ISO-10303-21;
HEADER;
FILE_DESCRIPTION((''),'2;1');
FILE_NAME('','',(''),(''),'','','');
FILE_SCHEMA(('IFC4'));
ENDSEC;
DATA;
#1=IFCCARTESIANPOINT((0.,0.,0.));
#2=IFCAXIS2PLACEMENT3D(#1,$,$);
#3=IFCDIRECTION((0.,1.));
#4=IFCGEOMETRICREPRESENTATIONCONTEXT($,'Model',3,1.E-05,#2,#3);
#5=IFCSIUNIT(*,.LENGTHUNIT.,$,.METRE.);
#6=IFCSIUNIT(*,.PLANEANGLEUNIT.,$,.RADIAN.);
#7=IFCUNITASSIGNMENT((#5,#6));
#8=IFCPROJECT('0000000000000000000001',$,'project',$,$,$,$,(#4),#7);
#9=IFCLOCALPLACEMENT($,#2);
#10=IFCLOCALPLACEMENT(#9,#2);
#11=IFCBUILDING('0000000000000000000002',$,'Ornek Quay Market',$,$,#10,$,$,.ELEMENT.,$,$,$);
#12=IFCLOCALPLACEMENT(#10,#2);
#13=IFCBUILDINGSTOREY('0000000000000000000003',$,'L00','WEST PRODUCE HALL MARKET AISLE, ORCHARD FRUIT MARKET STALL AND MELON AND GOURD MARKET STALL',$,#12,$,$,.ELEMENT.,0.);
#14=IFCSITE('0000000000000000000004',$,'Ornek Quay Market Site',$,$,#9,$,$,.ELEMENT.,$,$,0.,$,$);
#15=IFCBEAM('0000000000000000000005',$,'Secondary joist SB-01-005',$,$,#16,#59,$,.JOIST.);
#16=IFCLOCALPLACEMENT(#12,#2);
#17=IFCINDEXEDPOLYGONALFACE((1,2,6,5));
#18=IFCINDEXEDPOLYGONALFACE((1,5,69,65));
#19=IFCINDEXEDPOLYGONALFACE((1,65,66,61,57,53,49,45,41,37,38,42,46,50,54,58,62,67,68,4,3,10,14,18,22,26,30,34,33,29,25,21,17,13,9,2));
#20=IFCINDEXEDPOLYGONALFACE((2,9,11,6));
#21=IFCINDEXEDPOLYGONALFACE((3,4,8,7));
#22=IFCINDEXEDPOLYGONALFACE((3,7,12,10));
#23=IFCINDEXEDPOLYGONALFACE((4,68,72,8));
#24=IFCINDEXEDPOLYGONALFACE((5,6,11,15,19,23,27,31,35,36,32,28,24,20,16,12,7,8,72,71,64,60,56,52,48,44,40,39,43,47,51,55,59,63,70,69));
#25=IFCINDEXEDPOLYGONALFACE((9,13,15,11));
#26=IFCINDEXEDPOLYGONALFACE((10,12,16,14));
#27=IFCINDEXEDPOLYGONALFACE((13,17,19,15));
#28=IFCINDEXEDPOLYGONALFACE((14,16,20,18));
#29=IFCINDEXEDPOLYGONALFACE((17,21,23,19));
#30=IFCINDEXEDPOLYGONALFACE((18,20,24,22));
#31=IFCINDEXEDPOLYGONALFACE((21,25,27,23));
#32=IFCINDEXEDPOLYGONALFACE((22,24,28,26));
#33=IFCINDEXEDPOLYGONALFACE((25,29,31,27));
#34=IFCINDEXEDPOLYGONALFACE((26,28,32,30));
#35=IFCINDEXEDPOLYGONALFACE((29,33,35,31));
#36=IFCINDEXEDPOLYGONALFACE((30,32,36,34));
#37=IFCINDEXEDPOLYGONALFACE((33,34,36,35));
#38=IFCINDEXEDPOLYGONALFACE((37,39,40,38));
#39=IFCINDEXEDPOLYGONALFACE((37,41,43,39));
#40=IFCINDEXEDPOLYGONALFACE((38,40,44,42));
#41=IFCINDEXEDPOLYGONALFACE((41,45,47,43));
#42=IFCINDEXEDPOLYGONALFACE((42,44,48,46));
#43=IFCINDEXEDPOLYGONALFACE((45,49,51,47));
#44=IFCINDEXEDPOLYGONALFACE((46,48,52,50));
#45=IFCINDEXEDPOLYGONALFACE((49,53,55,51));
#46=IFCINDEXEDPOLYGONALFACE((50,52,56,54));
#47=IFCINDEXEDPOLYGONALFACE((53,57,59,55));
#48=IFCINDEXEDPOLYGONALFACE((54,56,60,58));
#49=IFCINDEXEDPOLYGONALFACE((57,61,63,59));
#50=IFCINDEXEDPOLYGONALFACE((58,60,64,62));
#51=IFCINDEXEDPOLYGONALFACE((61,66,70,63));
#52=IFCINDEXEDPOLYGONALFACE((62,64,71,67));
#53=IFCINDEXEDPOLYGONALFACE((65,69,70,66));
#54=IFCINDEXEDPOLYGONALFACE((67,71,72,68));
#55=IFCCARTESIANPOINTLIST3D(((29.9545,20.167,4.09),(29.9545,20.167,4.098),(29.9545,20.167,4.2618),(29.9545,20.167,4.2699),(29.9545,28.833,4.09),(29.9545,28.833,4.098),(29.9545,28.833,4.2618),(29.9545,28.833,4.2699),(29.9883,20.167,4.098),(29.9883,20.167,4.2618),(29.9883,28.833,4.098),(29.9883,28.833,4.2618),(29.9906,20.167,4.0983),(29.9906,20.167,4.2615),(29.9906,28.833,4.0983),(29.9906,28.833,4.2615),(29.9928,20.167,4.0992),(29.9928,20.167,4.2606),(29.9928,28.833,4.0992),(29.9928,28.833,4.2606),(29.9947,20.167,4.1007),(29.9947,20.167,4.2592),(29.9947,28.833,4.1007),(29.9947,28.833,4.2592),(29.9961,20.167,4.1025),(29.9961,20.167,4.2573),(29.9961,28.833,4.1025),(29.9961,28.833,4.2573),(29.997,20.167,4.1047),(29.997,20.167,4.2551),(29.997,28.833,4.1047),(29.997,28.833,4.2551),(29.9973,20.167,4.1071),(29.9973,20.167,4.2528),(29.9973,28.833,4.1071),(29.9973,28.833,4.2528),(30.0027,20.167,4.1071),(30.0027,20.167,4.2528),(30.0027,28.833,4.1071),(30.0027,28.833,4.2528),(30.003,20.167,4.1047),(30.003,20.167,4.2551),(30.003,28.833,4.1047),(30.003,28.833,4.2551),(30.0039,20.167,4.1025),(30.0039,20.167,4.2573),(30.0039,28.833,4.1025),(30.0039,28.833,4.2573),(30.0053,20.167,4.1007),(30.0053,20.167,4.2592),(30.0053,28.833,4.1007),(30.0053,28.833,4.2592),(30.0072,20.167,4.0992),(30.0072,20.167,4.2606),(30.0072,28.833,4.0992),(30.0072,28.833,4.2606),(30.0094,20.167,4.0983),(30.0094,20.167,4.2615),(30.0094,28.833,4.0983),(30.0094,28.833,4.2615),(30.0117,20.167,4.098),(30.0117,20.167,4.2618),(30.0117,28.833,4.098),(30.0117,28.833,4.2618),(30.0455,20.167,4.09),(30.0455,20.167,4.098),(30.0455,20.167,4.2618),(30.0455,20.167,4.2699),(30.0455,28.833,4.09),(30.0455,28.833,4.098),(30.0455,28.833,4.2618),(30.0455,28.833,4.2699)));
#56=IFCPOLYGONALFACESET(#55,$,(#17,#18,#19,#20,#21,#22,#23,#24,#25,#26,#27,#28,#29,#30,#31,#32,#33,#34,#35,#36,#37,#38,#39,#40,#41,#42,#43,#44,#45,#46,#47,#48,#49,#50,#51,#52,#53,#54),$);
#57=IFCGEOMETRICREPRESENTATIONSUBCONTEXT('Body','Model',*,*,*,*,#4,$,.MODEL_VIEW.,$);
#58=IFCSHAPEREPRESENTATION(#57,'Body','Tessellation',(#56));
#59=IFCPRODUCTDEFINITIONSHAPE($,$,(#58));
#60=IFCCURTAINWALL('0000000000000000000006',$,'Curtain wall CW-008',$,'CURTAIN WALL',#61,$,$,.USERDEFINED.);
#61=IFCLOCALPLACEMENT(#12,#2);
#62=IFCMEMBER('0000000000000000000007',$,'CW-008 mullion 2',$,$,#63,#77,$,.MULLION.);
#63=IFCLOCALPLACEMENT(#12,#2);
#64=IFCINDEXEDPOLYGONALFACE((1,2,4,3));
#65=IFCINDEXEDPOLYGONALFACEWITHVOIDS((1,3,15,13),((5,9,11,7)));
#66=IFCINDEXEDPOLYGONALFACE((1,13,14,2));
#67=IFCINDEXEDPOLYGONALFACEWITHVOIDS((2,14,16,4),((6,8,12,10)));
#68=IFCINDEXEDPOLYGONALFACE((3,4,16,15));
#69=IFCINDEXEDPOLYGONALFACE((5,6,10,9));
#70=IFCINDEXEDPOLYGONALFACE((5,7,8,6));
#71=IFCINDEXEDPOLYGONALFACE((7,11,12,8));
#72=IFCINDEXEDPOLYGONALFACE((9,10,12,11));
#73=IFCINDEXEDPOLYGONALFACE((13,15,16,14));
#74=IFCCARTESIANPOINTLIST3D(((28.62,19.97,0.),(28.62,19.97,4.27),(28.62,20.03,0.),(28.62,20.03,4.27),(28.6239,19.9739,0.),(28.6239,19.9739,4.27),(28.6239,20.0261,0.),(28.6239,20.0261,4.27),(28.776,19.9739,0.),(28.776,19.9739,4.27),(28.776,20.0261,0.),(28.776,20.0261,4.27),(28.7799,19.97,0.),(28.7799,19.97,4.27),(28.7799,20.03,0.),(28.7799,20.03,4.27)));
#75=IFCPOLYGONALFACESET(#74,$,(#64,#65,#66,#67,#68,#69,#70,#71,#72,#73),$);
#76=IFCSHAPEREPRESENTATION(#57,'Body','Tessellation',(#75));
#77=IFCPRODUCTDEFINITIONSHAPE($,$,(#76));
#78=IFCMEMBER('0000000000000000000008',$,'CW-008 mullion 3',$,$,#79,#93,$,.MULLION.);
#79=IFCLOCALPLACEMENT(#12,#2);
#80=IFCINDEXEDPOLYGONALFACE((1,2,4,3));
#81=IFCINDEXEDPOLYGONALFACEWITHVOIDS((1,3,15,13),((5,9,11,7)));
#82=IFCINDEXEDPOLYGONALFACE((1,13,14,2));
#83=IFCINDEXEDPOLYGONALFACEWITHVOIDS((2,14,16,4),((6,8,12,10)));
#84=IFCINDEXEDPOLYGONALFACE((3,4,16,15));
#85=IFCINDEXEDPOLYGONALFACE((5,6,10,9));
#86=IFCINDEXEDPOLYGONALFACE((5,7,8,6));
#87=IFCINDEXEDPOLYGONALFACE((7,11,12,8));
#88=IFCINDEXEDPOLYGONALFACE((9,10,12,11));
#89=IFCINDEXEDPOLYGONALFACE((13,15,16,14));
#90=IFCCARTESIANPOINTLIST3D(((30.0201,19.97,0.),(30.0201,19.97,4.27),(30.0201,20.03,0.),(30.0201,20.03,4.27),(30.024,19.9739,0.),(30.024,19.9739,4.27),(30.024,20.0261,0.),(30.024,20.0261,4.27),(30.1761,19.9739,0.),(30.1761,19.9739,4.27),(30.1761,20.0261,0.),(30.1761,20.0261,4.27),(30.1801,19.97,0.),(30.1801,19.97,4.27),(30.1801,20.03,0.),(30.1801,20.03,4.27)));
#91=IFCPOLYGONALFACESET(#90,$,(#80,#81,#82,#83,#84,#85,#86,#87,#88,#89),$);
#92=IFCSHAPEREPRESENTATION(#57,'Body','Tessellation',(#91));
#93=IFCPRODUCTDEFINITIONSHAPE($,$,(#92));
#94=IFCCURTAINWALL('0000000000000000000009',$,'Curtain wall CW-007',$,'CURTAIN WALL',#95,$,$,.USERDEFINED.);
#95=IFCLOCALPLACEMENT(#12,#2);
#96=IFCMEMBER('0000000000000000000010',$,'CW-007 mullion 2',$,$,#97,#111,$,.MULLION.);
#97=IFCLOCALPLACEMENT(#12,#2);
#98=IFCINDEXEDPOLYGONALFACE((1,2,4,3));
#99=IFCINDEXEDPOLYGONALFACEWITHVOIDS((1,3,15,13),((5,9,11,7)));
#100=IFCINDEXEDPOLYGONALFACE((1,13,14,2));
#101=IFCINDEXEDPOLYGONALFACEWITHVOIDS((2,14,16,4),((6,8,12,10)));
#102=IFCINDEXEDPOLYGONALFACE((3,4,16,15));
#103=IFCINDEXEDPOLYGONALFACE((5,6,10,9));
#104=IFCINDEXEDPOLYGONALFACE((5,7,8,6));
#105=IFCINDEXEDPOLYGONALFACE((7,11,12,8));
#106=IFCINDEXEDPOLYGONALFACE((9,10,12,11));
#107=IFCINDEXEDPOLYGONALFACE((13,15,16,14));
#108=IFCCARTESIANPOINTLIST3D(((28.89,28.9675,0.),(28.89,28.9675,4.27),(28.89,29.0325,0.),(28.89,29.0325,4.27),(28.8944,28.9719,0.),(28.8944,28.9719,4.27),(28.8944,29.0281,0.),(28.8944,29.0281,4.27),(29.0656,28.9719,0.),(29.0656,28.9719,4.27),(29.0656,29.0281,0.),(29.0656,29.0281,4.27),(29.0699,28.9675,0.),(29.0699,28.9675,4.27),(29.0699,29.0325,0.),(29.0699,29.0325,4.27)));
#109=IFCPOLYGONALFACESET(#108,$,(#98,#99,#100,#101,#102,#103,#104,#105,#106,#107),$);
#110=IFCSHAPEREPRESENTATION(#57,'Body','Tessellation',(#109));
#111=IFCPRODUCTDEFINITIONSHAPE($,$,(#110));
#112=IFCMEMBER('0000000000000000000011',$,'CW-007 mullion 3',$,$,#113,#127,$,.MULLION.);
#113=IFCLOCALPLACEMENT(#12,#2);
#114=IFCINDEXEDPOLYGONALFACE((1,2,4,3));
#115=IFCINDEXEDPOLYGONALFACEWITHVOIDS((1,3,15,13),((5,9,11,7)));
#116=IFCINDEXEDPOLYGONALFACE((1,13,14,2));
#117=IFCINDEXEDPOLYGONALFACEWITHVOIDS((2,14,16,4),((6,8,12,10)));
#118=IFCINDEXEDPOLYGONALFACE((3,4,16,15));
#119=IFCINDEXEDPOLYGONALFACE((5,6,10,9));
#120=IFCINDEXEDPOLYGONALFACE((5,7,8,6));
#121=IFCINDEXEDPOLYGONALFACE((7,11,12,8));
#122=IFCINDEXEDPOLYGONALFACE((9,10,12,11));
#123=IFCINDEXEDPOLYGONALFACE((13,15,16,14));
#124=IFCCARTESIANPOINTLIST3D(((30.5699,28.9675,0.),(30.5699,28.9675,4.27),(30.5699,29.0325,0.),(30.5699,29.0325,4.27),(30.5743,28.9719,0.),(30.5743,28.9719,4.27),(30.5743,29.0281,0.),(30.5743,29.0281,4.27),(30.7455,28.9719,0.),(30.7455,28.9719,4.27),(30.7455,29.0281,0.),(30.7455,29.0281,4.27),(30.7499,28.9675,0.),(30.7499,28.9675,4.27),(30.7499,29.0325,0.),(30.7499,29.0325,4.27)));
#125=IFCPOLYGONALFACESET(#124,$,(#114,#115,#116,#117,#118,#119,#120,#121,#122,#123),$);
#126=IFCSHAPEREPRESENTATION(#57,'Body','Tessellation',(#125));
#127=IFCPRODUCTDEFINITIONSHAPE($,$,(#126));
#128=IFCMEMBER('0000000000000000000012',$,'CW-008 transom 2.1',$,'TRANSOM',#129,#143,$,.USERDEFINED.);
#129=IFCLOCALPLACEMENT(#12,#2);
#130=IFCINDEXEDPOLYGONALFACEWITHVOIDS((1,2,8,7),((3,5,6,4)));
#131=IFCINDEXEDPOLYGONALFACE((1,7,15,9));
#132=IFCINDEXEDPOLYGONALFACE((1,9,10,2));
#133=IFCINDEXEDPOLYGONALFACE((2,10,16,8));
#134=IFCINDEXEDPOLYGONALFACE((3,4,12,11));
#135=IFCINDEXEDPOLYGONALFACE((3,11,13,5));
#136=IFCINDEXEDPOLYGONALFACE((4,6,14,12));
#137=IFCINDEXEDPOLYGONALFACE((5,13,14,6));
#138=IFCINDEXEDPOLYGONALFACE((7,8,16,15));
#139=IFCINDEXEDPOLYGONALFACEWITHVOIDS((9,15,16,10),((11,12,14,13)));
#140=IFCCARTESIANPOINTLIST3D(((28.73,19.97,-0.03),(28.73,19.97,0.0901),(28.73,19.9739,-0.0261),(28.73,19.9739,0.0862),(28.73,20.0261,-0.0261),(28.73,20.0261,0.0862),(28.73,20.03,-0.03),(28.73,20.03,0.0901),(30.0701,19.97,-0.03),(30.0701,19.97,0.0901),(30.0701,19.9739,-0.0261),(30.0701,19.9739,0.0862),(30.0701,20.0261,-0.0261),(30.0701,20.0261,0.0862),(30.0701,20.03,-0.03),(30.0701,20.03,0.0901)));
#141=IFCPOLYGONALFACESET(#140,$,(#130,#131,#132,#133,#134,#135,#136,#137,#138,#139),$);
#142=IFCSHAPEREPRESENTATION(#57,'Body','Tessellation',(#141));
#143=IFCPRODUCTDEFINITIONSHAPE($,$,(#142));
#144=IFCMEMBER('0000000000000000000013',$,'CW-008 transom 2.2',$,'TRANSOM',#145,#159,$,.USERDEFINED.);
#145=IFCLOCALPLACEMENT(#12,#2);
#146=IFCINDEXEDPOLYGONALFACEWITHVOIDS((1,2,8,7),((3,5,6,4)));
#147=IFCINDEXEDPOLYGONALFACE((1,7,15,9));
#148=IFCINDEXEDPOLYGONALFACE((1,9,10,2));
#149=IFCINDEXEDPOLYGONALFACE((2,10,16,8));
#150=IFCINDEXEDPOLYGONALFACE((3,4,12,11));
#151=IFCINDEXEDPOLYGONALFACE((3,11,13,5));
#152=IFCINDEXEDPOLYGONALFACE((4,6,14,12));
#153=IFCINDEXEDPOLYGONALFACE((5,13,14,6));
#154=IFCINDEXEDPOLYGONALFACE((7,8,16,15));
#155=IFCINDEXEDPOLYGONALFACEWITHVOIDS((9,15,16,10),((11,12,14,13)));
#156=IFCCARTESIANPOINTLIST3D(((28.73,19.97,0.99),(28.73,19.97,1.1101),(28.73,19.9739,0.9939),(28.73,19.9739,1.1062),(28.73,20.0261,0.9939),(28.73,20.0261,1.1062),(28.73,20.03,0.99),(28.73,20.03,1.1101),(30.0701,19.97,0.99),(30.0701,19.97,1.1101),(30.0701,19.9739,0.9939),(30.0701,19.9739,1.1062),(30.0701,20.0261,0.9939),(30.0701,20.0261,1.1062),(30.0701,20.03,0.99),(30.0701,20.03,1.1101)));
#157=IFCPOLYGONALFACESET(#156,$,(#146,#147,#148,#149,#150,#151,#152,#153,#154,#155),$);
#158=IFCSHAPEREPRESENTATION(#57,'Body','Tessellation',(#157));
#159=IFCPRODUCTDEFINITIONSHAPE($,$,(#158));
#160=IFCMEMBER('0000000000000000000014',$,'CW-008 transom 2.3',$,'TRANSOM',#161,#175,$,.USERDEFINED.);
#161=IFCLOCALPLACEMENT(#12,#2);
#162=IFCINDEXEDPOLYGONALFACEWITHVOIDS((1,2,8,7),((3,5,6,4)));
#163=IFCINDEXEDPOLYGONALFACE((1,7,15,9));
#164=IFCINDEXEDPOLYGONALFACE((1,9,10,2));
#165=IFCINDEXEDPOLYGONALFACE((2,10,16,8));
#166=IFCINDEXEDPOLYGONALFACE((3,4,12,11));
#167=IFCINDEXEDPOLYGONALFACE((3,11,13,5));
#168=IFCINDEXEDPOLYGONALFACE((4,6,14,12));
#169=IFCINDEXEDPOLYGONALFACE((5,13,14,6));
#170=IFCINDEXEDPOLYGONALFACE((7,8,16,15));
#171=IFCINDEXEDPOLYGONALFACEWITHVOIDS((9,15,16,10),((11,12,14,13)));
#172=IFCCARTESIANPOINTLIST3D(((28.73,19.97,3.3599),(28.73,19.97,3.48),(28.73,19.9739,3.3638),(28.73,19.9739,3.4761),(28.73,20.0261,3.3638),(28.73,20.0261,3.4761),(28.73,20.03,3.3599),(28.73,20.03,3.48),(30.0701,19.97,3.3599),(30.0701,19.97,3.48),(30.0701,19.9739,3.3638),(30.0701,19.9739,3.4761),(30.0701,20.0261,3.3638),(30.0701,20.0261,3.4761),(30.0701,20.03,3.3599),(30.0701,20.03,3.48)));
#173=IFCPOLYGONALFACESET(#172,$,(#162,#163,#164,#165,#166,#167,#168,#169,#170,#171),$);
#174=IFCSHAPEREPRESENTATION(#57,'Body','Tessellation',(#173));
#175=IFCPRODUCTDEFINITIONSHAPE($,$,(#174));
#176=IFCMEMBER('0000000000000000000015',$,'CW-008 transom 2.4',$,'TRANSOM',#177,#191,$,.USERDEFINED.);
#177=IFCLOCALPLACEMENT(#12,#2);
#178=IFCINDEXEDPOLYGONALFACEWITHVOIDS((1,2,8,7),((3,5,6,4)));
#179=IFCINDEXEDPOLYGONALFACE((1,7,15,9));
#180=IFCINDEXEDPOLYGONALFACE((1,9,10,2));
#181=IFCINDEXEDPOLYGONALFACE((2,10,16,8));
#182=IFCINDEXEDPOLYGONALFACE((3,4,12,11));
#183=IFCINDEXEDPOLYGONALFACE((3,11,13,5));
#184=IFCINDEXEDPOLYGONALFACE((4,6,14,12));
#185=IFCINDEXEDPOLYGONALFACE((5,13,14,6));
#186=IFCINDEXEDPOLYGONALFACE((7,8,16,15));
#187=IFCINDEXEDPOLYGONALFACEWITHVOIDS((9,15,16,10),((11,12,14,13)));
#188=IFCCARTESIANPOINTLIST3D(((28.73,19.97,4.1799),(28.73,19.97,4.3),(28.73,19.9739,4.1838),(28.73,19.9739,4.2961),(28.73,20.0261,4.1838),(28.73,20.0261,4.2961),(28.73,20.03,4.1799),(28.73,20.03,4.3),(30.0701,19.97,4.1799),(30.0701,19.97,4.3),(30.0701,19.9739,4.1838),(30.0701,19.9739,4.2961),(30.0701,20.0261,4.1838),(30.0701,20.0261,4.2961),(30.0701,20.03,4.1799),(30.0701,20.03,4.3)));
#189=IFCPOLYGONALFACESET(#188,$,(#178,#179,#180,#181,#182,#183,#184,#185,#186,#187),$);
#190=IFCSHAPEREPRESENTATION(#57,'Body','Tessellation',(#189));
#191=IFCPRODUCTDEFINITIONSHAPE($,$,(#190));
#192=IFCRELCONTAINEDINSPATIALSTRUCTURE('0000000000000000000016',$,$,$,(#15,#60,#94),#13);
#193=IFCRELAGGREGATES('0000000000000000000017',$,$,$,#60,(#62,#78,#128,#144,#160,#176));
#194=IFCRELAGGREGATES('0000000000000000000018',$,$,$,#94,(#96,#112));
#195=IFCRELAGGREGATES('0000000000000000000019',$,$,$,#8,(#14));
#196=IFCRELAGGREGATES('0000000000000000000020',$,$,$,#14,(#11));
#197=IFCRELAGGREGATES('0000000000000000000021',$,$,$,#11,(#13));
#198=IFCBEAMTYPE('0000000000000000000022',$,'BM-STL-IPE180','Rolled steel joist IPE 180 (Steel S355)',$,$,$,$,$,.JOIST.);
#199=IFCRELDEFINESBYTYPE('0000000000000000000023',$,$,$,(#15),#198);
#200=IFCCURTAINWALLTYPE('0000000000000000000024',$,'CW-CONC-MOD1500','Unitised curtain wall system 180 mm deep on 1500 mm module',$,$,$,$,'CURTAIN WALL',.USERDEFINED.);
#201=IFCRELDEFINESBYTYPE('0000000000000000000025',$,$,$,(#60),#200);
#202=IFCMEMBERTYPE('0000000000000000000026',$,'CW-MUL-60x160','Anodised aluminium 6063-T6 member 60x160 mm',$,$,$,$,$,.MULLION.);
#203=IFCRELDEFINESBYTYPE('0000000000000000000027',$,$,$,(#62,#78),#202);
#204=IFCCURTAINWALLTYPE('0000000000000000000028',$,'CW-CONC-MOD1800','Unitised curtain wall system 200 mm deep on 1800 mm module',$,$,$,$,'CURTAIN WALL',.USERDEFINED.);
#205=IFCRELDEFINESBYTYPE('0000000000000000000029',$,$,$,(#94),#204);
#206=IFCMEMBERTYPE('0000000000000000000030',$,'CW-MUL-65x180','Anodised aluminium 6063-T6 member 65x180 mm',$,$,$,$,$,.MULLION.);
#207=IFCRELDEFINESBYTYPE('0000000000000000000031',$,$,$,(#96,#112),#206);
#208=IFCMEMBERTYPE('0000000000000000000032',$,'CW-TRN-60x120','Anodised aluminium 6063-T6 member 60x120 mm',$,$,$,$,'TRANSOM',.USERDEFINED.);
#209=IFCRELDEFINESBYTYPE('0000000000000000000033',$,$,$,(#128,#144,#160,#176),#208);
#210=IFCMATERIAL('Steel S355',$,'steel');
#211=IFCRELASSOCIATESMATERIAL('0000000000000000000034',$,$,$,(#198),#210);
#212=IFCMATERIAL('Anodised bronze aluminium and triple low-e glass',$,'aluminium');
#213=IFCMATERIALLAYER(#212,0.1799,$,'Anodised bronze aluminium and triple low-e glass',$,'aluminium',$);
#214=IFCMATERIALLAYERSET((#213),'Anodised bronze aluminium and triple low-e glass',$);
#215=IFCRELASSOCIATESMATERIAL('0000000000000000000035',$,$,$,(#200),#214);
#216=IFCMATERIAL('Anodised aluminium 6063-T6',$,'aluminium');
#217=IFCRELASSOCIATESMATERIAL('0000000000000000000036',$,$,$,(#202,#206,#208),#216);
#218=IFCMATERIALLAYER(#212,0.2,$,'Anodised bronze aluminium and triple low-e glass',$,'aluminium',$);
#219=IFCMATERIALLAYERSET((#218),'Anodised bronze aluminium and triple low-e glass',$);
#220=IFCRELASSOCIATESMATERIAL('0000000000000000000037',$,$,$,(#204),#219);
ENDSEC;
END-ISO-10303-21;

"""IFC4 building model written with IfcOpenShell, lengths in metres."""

from ifc_helpers import new_model, si_unit, direction, frame, origin, origin_2d, place, context, subcontext, project, spatial, hollow_rectangle, i_section, extrude, material, layer, layer_set, material_profile, profile_set, type_object, element, aggregate, save


model = new_model("IFC4")

# Units and contexts
model_context = context("Model", 3, precision=1e-05, world=origin(), true_north=direction((0.0, 1.0)))
body_context = subcontext(model_context, "Body", "Model", "MODEL_VIEW")
ifc_project = project(units=[si_unit("LENGTHUNIT", "METRE"), si_unit("PLANEANGLEUNIT", "RADIAN")], contexts=[model_context])

# Site, building, storey
site_placement = place(None, origin())
site = spatial("IfcSite", under=ifc_project, at=site_placement, Name="Ornek Quay Market Site", CompositionType="ELEMENT", RefElevation=0.0)
building_placement = place(site_placement, origin())
building = spatial("IfcBuilding", under=site, at=building_placement, Name="Ornek Quay Market", CompositionType="ELEMENT")
storey_placement = place(building_placement, origin())
storey = spatial("IfcBuildingStorey", under=building, at=storey_placement, Name="L00", Description="WEST PRODUCE HALL MARKET AISLE, ORCHARD FRUIT MARKET STALL AND MELON AND GOURD MARKET STALL", CompositionType="ELEMENT", Elevation=0.0)

# Beam
ifc_material_1 = material(Name="Steel S355", Category="steel")
ifc_material_profile_1 = material_profile(ifc_material_1, i_section(OverallWidth=0.0911, OverallDepth=0.1799, WebThickness=0.0054, FlangeThickness=0.0081, FilletRadius=0.009, at=origin_2d()), Name="IPE 180", Category="steel")
ifc_profile_set_1 = profile_set([ifc_material_profile_1], Name="Steel S355")
beam_type_1 = type_object("IfcBeamType", Name="BM-STL-IPE180", Description="Rolled steel joist IPE 180 (Steel S355)", PredefinedType="JOIST", material=ifc_profile_set_1)
beam_1_placement = place(storey_placement, frame((30.0, 20.167, 4.1799), z_axis=(0.0, 1.0, 0.0), x_axis=(-1.0, 0.0, 0.0)))
element("IfcBeam", 1, at=beam_1_placement, inside=storey, type_object=beam_type_1, Name="Secondary joist SB-01-005", PredefinedType="JOIST", context=body_context, shape_type="SweptSolid", body=[
    extrude(i_section(OverallWidth=0.0911, OverallDepth=0.1799, WebThickness=0.0054, FlangeThickness=0.0081, FilletRadius=0.009, at=origin_2d()), origin(), (0.0, 0.0, 1.0), 8.666),
])

# Curtain walls, members
ifc_material_2 = material(Name="Anodised bronze aluminium and triple low-e glass", Category="aluminium")
ifc_layer_1 = layer(ifc_material_2, 0.1799, Name="Anodised bronze aluminium and triple low-e glass", Category="aluminium")
ifc_layer_set_1 = layer_set([ifc_layer_1], Name="Anodised bronze aluminium and triple low-e glass")
curtain_wall_type_1 = type_object("IfcCurtainWallType", Name="CW-CONC-MOD1500", Description="Unitised curtain wall system 180 mm deep on 1500 mm module", ElementType="CURTAIN WALL", PredefinedType="USERDEFINED", material=ifc_layer_set_1)
curtain_wall_1_placement = place(storey_placement, origin())
curtain_wall_1 = element("IfcCurtainWall", 2, at=curtain_wall_1_placement, inside=storey, type_object=curtain_wall_type_1, Name="Curtain wall CW-008", ObjectType="CURTAIN WALL", PredefinedType="USERDEFINED")
ifc_material_3 = material(Name="Anodised aluminium 6063-T6", Category="aluminium")
ifc_material_profile_2 = material_profile(ifc_material_3, hollow_rectangle(XDim=0.0601, YDim=0.1599, WallThickness=0.0039, at=origin_2d()), Name="CW-MUL-60x160", Category="aluminium")
ifc_profile_set_2 = profile_set([ifc_material_profile_2], Name="Anodised aluminium 6063-T6")
member_type_1 = type_object("IfcMemberType", Name="CW-MUL-60x160", Description="Anodised aluminium 6063-T6 member 60x160 mm", PredefinedType="MULLION", material=ifc_profile_set_2)
member_1_placement = place(storey_placement, frame((28.7, 20.0, 0.0), z_axis=(0.0, 0.0, 1.0), x_axis=(0.0, 1.0, 0.0)))
member_1 = element("IfcMember", 3, at=member_1_placement, type_object=member_type_1, Name="CW-008 mullion 2", PredefinedType="MULLION", context=body_context, shape_type="SweptSolid", body=[
    extrude(hollow_rectangle(XDim=0.0601, YDim=0.1599, WallThickness=0.0039, at=origin_2d()), origin(), (0.0, 0.0, 1.0), 4.27),
])
member_2_placement = place(storey_placement, frame((30.1001, 20.0, 0.0), z_axis=(0.0, 0.0, 1.0), x_axis=(0.0, 1.0, 0.0)))
member_2 = element("IfcMember", 4, at=member_2_placement, type_object=member_type_1, Name="CW-008 mullion 3", PredefinedType="MULLION", context=body_context, shape_type="SweptSolid", body=[
    extrude(hollow_rectangle(XDim=0.0601, YDim=0.1599, WallThickness=0.0039, at=origin_2d()), origin(), (0.0, 0.0, 1.0), 4.27),
])
ifc_layer_2 = layer(ifc_material_2, 0.2, Name="Anodised bronze aluminium and triple low-e glass", Category="aluminium")
ifc_layer_set_2 = layer_set([ifc_layer_2], Name="Anodised bronze aluminium and triple low-e glass")
curtain_wall_type_2 = type_object("IfcCurtainWallType", Name="CW-CONC-MOD1800", Description="Unitised curtain wall system 200 mm deep on 1800 mm module", ElementType="CURTAIN WALL", PredefinedType="USERDEFINED", material=ifc_layer_set_2)
curtain_wall_2_placement = place(storey_placement, origin())
curtain_wall_2 = element("IfcCurtainWall", 5, at=curtain_wall_2_placement, inside=storey, type_object=curtain_wall_type_2, Name="Curtain wall CW-007", ObjectType="CURTAIN WALL", PredefinedType="USERDEFINED")
ifc_material_profile_3 = material_profile(ifc_material_3, hollow_rectangle(XDim=0.0649, YDim=0.1799, WallThickness=0.0044, at=origin_2d()), Name="CW-MUL-65x180", Category="aluminium")
ifc_profile_set_3 = profile_set([ifc_material_profile_3], Name="Anodised aluminium 6063-T6")
member_type_2 = type_object("IfcMemberType", Name="CW-MUL-65x180", Description="Anodised aluminium 6063-T6 member 65x180 mm", PredefinedType="MULLION", material=ifc_profile_set_3)
member_3_placement = place(storey_placement, frame((28.98, 29.0, 0.0), z_axis=(0.0, 0.0, 1.0), x_axis=(0.0, 1.0, 0.0)))
member_3 = element("IfcMember", 6, at=member_3_placement, type_object=member_type_2, Name="CW-007 mullion 2", PredefinedType="MULLION", context=body_context, shape_type="SweptSolid", body=[
    extrude(hollow_rectangle(XDim=0.0649, YDim=0.1799, WallThickness=0.0044, at=origin_2d()), origin(), (0.0, 0.0, 1.0), 4.27),
])
member_4_placement = place(storey_placement, frame((30.6599, 29.0, 0.0), z_axis=(0.0, 0.0, 1.0), x_axis=(0.0, 1.0, 0.0)))
member_4 = element("IfcMember", 7, at=member_4_placement, type_object=member_type_2, Name="CW-007 mullion 3", PredefinedType="MULLION", context=body_context, shape_type="SweptSolid", body=[
    extrude(hollow_rectangle(XDim=0.0649, YDim=0.1799, WallThickness=0.0044, at=origin_2d()), origin(), (0.0, 0.0, 1.0), 4.27),
])

# Members
ifc_material_profile_4 = material_profile(ifc_material_3, hollow_rectangle(XDim=0.0601, YDim=0.1201, WallThickness=0.0039, at=origin_2d()), Name="CW-TRN-60x120", Category="aluminium")
ifc_profile_set_4 = profile_set([ifc_material_profile_4], Name="Anodised aluminium 6063-T6")
member_type_3 = type_object("IfcMemberType", Name="CW-TRN-60x120", Description="Anodised aluminium 6063-T6 member 60x120 mm", ElementType="TRANSOM", PredefinedType="USERDEFINED", material=ifc_profile_set_4)
member_5_placement = place(storey_placement, frame((28.73, 20.0, 0.03), z_axis=(1.0, 0.0, 0.0), x_axis=(0.0, 1.0, 0.0)))
member_5 = element("IfcMember", 8, at=member_5_placement, type_object=member_type_3, Name="CW-008 transom 2.1", ObjectType="TRANSOM", PredefinedType="USERDEFINED", context=body_context, shape_type="SweptSolid", body=[
    extrude(hollow_rectangle(XDim=0.0601, YDim=0.1201, WallThickness=0.0039, at=origin_2d()), origin(), (0.0, 0.0, 1.0), 1.3401),
])
member_6_placement = place(storey_placement, frame((28.73, 20.0, 1.05), z_axis=(1.0, 0.0, 0.0), x_axis=(0.0, 1.0, 0.0)))
member_6 = element("IfcMember", 9, at=member_6_placement, type_object=member_type_3, Name="CW-008 transom 2.2", ObjectType="TRANSOM", PredefinedType="USERDEFINED", context=body_context, shape_type="SweptSolid", body=[
    extrude(hollow_rectangle(XDim=0.0601, YDim=0.1201, WallThickness=0.0039, at=origin_2d()), origin(), (0.0, 0.0, 1.0), 1.3401),
])
member_7_placement = place(storey_placement, frame((28.73, 20.0, 3.4199), z_axis=(1.0, 0.0, 0.0), x_axis=(0.0, 1.0, 0.0)))
member_7 = element("IfcMember", 10, at=member_7_placement, type_object=member_type_3, Name="CW-008 transom 2.3", ObjectType="TRANSOM", PredefinedType="USERDEFINED", context=body_context, shape_type="SweptSolid", body=[
    extrude(hollow_rectangle(XDim=0.0601, YDim=0.1201, WallThickness=0.0039, at=origin_2d()), origin(), (0.0, 0.0, 1.0), 1.3401),
])
member_8_placement = place(storey_placement, frame((28.73, 20.0, 4.24), z_axis=(1.0, 0.0, 0.0), x_axis=(0.0, 1.0, 0.0)))
member_8 = element("IfcMember", 11, at=member_8_placement, type_object=member_type_3, Name="CW-008 transom 2.4", ObjectType="TRANSOM", PredefinedType="USERDEFINED", context=body_context, shape_type="SweptSolid", body=[
    extrude(hollow_rectangle(XDim=0.0601, YDim=0.1201, WallThickness=0.0039, at=origin_2d()), origin(), (0.0, 0.0, 1.0), 1.3401),
])

aggregate(curtain_wall_1, [member_1, member_2, member_5, member_6, member_7, member_8])
aggregate(curtain_wall_2, [member_3, member_4])

save(model, "model.ifc")
